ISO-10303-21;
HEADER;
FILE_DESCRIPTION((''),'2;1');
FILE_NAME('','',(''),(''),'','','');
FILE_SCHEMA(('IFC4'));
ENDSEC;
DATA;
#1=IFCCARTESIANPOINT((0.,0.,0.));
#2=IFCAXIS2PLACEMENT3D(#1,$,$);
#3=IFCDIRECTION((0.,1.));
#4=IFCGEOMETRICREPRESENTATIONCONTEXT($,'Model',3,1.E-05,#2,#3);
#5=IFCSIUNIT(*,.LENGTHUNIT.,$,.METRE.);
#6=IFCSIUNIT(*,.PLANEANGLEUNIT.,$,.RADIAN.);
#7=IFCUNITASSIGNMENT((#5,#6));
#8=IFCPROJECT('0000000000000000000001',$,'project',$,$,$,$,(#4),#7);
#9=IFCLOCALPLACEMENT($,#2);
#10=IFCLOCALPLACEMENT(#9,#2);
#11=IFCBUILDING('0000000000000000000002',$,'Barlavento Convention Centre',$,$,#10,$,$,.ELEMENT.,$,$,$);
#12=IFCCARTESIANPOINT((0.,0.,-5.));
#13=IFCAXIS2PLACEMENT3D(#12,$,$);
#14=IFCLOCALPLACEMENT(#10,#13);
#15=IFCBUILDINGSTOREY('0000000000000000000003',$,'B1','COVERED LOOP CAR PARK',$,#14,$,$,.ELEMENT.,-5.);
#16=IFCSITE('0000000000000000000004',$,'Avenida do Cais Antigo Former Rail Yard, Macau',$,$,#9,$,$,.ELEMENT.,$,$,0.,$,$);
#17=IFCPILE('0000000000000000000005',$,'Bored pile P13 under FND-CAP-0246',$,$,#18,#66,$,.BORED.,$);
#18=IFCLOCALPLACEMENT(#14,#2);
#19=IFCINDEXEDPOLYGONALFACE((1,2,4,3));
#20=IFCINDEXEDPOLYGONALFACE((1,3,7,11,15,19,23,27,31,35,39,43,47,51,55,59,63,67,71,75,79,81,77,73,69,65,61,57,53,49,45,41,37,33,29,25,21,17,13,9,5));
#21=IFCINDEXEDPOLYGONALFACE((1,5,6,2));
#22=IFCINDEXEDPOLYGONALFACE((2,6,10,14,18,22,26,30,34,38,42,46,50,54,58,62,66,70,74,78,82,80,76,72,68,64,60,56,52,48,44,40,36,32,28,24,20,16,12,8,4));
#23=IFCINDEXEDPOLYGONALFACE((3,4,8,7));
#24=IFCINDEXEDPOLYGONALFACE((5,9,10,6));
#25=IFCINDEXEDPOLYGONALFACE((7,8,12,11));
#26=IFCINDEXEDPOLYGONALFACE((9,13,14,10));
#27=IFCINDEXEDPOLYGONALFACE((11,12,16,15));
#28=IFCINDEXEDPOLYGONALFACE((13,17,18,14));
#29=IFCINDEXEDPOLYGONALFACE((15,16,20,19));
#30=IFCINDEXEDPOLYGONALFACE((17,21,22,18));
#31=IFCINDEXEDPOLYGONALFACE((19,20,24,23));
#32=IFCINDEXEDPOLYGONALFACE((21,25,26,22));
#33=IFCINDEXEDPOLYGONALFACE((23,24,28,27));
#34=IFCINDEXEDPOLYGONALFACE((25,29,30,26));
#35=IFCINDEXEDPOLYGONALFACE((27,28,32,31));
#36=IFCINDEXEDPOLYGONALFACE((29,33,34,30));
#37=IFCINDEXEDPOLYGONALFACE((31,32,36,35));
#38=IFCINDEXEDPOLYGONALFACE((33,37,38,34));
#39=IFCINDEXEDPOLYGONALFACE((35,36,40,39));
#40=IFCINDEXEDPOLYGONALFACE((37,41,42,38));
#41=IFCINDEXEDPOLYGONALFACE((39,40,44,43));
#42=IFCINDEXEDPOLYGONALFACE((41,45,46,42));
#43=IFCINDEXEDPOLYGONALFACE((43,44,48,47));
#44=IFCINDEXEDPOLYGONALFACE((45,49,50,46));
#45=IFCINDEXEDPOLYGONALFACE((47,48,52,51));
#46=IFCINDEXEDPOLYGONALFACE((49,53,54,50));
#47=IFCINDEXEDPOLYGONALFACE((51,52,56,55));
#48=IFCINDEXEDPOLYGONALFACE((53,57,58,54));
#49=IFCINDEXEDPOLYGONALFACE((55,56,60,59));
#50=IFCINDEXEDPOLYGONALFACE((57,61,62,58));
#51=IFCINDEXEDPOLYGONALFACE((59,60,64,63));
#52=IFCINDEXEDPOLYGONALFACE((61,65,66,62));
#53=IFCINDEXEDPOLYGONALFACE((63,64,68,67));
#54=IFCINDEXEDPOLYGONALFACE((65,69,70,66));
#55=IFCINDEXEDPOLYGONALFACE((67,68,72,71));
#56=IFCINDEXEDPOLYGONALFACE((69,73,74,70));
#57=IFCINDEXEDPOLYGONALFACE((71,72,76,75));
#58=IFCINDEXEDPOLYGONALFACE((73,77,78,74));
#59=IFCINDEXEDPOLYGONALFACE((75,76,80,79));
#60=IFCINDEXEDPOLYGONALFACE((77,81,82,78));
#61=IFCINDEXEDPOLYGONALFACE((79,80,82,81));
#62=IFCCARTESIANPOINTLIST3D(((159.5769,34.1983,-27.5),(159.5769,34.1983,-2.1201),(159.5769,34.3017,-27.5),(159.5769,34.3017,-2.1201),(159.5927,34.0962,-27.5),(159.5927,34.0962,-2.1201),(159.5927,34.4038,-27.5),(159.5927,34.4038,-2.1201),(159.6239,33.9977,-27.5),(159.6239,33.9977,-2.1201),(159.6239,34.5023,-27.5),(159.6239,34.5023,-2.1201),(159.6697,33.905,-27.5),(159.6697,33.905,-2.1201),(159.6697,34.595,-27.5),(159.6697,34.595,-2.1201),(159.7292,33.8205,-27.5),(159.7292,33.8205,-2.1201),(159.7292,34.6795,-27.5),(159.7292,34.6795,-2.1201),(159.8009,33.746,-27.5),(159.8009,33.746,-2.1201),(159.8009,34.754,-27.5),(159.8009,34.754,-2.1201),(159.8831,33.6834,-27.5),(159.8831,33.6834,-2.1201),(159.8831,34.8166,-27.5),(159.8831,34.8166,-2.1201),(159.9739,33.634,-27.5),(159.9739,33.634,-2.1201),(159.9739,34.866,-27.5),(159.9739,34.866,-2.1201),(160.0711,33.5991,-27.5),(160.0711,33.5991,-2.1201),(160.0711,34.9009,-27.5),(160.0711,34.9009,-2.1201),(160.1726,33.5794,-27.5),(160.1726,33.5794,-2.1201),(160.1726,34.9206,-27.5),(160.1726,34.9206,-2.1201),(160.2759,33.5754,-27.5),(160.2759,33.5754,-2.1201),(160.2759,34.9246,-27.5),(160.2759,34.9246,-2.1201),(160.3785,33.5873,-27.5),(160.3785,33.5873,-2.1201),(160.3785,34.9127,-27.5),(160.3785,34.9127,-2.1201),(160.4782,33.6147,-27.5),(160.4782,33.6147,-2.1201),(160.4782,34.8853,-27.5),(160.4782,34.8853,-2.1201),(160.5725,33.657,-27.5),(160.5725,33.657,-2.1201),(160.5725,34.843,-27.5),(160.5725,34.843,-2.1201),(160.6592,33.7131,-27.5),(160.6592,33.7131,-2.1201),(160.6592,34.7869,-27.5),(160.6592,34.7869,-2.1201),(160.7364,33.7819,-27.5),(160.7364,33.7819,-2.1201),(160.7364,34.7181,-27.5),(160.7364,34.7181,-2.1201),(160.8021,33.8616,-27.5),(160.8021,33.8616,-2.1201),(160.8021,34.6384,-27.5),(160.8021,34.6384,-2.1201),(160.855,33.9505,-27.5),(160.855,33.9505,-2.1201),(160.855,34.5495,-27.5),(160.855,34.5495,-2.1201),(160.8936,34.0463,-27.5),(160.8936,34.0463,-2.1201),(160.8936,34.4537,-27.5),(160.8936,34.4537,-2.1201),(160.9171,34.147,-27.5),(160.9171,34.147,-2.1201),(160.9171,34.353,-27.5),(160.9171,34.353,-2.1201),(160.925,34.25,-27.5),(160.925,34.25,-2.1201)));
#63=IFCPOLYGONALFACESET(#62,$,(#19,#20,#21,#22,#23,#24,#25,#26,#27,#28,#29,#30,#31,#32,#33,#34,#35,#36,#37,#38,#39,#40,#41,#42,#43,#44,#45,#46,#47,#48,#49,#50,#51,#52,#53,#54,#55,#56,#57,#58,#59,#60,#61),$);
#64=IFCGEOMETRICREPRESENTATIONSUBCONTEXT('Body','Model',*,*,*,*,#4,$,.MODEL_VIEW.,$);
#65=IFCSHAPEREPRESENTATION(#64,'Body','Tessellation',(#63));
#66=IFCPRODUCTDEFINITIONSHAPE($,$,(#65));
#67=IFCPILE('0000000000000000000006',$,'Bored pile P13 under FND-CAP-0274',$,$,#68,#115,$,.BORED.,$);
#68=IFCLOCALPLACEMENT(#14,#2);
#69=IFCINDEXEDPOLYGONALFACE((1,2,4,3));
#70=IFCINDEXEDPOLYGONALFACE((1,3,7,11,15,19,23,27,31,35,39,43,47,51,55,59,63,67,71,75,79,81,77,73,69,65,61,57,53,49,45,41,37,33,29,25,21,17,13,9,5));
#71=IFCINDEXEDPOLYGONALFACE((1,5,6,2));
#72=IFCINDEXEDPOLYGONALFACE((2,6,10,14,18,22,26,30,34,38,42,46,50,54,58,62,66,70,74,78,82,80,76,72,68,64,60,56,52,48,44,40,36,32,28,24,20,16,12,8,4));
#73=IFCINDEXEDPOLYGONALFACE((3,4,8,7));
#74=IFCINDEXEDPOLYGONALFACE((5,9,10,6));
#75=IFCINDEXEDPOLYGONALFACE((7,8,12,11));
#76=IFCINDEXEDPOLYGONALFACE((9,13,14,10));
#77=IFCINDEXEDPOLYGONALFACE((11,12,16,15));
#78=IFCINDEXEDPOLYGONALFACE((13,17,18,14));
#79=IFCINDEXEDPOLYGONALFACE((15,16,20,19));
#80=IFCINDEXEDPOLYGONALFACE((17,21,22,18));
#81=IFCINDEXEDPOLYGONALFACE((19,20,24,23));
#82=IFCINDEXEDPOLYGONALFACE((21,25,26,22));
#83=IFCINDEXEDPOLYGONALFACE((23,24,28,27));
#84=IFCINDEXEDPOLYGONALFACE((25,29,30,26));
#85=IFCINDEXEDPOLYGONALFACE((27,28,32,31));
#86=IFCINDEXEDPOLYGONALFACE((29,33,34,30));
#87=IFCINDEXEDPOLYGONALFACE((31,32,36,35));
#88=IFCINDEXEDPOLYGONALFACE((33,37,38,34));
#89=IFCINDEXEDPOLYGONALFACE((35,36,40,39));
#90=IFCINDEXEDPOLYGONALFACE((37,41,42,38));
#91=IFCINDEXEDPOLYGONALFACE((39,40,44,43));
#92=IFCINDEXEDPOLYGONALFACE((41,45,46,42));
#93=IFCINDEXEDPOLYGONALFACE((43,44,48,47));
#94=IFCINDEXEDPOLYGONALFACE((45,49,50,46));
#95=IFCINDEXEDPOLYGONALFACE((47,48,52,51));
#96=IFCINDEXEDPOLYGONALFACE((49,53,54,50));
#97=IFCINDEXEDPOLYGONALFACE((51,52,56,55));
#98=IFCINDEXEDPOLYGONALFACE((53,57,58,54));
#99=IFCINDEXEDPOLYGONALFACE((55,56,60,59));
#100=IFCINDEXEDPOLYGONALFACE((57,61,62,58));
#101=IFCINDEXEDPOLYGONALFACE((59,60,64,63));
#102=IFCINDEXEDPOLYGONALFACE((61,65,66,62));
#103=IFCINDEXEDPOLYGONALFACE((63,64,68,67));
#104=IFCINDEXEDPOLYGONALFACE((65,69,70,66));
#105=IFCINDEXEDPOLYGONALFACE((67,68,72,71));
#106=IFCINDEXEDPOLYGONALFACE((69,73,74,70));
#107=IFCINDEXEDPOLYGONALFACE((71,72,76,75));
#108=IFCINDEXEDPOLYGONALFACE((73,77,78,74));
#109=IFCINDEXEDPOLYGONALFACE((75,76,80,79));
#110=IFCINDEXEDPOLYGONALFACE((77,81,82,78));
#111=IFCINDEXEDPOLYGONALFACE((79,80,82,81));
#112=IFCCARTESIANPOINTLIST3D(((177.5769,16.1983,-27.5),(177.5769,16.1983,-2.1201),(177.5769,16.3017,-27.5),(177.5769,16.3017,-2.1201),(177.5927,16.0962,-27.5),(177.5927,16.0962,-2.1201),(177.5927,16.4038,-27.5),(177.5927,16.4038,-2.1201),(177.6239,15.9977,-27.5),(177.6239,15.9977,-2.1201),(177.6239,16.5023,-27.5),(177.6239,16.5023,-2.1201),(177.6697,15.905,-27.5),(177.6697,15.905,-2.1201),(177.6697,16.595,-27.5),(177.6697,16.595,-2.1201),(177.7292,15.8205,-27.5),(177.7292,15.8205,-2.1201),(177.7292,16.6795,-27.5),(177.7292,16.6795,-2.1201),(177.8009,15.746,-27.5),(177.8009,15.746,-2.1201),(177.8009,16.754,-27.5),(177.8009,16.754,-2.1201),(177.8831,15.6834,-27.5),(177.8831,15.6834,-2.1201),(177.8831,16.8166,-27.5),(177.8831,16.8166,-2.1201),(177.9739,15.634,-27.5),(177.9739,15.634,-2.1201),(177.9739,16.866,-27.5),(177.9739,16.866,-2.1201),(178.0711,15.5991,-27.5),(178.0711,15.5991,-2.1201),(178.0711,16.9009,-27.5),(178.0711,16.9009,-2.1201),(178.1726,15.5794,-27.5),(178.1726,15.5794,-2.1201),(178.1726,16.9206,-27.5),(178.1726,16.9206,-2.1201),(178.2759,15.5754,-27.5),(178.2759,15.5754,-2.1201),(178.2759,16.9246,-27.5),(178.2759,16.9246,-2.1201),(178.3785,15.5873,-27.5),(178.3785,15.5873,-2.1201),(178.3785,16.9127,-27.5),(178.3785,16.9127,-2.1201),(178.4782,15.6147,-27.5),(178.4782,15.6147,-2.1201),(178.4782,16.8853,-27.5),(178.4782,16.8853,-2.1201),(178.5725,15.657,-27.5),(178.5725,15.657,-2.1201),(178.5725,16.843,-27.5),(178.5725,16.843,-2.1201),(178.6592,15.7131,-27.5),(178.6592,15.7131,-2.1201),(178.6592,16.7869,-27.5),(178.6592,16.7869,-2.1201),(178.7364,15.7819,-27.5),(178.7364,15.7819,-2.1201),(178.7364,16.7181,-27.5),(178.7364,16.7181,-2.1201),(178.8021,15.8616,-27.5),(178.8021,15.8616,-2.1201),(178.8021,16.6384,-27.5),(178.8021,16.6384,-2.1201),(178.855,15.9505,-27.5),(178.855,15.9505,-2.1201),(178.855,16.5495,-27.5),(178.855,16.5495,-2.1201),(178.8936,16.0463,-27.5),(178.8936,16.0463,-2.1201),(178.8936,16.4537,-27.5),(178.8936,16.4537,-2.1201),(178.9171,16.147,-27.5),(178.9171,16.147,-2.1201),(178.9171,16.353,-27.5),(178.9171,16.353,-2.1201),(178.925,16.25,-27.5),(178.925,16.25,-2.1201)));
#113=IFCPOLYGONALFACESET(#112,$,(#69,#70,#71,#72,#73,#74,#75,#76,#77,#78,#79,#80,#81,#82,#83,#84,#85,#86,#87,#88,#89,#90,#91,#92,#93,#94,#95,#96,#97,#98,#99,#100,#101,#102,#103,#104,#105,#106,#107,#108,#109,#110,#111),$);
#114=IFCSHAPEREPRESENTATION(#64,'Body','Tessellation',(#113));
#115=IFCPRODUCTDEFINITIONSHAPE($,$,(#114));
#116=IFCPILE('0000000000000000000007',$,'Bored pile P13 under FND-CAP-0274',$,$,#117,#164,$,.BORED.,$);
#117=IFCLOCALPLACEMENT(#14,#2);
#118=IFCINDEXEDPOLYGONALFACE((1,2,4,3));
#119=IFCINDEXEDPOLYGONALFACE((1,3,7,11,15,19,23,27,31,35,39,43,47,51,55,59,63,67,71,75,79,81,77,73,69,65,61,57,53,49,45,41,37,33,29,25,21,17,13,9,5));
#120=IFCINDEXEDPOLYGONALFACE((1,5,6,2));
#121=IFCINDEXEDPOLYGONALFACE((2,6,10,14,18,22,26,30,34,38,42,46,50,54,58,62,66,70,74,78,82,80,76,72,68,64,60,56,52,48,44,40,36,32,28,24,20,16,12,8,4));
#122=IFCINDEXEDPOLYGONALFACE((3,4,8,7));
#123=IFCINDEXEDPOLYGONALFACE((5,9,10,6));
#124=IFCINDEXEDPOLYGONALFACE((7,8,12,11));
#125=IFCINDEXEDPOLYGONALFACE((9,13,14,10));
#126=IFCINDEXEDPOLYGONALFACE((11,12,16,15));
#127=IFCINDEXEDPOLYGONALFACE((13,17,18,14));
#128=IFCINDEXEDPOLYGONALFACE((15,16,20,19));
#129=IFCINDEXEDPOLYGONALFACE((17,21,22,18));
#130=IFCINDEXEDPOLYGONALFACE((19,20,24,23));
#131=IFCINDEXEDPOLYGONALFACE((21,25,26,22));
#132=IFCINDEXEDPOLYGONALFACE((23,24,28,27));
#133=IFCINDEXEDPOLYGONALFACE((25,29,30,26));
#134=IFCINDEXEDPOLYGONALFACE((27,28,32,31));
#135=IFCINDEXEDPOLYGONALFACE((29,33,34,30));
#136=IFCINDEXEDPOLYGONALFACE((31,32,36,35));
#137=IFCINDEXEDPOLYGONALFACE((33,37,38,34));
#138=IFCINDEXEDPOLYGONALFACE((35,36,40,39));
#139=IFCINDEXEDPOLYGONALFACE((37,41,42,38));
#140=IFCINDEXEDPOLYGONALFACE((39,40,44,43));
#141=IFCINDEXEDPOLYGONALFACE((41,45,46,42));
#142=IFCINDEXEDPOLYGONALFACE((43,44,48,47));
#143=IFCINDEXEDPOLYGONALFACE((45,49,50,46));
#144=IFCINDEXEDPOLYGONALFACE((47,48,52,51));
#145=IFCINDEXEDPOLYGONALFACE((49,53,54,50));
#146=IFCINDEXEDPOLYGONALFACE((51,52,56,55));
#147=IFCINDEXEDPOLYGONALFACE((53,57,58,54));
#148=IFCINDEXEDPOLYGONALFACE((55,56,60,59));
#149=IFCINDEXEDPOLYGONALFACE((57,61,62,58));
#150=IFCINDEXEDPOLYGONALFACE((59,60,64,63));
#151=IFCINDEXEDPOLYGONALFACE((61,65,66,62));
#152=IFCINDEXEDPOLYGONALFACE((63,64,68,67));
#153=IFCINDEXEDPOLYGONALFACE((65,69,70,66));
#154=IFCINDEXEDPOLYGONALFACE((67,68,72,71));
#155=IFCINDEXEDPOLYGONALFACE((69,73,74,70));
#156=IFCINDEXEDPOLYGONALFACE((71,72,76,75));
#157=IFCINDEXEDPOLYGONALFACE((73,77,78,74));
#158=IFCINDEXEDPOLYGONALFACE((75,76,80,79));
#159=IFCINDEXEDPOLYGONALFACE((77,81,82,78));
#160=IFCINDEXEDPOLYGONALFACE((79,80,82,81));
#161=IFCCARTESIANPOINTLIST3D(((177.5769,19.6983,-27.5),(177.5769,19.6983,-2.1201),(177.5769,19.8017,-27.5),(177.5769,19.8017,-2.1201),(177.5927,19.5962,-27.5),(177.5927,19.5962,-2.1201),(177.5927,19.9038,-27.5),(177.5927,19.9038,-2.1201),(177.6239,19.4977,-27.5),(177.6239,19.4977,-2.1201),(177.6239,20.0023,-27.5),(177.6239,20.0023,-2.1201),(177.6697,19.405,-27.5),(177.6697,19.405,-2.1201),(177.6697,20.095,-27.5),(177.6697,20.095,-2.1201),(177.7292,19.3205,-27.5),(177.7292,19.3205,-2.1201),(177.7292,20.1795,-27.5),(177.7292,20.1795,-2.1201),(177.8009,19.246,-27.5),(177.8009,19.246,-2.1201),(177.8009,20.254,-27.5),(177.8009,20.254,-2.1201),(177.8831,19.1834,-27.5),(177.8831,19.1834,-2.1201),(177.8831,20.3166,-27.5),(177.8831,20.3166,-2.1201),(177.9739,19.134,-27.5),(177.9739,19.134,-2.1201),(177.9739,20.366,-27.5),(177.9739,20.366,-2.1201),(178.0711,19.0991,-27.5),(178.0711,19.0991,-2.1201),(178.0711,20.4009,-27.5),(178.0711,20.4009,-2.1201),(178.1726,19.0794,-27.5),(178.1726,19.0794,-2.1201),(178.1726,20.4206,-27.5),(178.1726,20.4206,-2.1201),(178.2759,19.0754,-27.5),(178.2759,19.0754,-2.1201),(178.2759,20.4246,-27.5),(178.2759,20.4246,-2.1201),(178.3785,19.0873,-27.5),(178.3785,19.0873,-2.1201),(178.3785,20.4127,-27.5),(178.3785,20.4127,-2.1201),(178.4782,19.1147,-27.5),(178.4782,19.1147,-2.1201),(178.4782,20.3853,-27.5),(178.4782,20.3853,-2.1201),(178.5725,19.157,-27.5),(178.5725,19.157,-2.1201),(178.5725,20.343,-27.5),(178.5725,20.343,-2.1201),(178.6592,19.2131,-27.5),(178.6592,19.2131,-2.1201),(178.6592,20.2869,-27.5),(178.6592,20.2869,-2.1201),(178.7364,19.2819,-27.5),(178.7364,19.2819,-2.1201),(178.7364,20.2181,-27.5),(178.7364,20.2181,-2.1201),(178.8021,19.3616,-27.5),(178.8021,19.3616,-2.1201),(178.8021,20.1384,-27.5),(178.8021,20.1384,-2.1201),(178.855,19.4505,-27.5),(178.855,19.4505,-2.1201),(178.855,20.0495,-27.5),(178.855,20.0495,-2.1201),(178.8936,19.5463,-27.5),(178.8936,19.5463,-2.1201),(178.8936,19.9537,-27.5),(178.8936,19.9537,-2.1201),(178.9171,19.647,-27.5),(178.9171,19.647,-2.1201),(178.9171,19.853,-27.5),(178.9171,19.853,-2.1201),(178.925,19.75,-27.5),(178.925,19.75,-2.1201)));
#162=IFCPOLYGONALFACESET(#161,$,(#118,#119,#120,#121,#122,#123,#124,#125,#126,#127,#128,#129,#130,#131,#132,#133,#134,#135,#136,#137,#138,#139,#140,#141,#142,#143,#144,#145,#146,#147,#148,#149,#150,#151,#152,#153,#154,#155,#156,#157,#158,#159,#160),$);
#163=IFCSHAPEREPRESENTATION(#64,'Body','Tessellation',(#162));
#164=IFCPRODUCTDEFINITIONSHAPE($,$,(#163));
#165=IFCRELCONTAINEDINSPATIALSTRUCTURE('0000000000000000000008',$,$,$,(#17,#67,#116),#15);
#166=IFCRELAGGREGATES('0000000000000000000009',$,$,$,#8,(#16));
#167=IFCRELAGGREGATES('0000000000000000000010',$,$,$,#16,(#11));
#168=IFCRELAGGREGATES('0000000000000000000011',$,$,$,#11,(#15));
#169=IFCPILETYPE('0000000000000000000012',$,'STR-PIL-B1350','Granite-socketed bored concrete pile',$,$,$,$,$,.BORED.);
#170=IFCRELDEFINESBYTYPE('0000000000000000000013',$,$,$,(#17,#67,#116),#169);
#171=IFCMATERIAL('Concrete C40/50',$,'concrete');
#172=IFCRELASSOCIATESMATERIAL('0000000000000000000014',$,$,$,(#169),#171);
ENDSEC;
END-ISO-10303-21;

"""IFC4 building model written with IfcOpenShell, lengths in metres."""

from ifc_helpers import new_model, si_unit, direction, frame, origin, origin_2d, place, context, subcontext, project, spatial, circle, extrude, material, material_profile, profile_set, type_object, element, save


model = new_model("IFC4")

# Units and contexts
model_context = context("Model", 3, precision=1e-05, world=origin(), true_north=direction((0.0, 1.0)))
body_context = subcontext(model_context, "Body", "Model", "MODEL_VIEW")
ifc_project = project(units=[si_unit("LENGTHUNIT", "METRE"), si_unit("PLANEANGLEUNIT", "RADIAN")], contexts=[model_context])

# Site, building, storey
site_placement = place(None, origin())
site = spatial("IfcSite", under=ifc_project, at=site_placement, Name="Avenida do Cais Antigo Former Rail Yard, Macau", CompositionType="ELEMENT", RefElevation=0.0)
building_placement = place(site_placement, origin())
building = spatial("IfcBuilding", under=site, at=building_placement, Name="Barlavento Convention Centre", CompositionType="ELEMENT")
storey_placement = place(building_placement, frame((0.0, 0.0, -5.0)))
storey = spatial("IfcBuildingStorey", under=building, at=storey_placement, Name="B1", Description="COVERED LOOP CAR PARK", CompositionType="ELEMENT", Elevation=-5.0)

# Shared definitions
ifc_material_1 = material(Name="Concrete C40/50", Category="concrete")

# Piles
ifc_material_profile_1 = material_profile(ifc_material_1, circle(Radius=0.675, at=origin_2d()), Name="BORED PILE 1350")
ifc_profile_set_1 = profile_set([ifc_material_profile_1], Name="Concrete C40/50")
pile_type_1 = type_object("IfcPileType", Name="STR-PIL-B1350", Description="Granite-socketed bored concrete pile", PredefinedType="BORED", material=ifc_profile_set_1)
for number, where, z_axis, x_axis, name in (
    (1, (160.25, 34.25, -2.1201), (0.0, 0.0, -1.0), (1.0, 0.0, 0.0), "Bored pile P13 under FND-CAP-0246"),
    (2, (178.25, 16.25, -2.1201), (0.0, 0.0, -1.0), (1.0, 0.0, 0.0), "Bored pile P13 under FND-CAP-0274"),
    (3, (178.25, 19.75, -2.1201), (0.0, 0.0, -1.0), (1.0, 0.0, 0.0), "Bored pile P13 under FND-CAP-0274"),
):
    element("IfcPile", number, at=place(storey_placement, frame(where, z_axis=z_axis, x_axis=x_axis)), inside=storey, type_object=pile_type_1, Name=name, PredefinedType="BORED", context=body_context, shape_type="SweptSolid", body=[
        extrude(circle(Radius=0.675, at=origin_2d()), origin(), (0.0, 0.0, 1.0), 25.3799),
    ])

save(model, "model.ifc")
